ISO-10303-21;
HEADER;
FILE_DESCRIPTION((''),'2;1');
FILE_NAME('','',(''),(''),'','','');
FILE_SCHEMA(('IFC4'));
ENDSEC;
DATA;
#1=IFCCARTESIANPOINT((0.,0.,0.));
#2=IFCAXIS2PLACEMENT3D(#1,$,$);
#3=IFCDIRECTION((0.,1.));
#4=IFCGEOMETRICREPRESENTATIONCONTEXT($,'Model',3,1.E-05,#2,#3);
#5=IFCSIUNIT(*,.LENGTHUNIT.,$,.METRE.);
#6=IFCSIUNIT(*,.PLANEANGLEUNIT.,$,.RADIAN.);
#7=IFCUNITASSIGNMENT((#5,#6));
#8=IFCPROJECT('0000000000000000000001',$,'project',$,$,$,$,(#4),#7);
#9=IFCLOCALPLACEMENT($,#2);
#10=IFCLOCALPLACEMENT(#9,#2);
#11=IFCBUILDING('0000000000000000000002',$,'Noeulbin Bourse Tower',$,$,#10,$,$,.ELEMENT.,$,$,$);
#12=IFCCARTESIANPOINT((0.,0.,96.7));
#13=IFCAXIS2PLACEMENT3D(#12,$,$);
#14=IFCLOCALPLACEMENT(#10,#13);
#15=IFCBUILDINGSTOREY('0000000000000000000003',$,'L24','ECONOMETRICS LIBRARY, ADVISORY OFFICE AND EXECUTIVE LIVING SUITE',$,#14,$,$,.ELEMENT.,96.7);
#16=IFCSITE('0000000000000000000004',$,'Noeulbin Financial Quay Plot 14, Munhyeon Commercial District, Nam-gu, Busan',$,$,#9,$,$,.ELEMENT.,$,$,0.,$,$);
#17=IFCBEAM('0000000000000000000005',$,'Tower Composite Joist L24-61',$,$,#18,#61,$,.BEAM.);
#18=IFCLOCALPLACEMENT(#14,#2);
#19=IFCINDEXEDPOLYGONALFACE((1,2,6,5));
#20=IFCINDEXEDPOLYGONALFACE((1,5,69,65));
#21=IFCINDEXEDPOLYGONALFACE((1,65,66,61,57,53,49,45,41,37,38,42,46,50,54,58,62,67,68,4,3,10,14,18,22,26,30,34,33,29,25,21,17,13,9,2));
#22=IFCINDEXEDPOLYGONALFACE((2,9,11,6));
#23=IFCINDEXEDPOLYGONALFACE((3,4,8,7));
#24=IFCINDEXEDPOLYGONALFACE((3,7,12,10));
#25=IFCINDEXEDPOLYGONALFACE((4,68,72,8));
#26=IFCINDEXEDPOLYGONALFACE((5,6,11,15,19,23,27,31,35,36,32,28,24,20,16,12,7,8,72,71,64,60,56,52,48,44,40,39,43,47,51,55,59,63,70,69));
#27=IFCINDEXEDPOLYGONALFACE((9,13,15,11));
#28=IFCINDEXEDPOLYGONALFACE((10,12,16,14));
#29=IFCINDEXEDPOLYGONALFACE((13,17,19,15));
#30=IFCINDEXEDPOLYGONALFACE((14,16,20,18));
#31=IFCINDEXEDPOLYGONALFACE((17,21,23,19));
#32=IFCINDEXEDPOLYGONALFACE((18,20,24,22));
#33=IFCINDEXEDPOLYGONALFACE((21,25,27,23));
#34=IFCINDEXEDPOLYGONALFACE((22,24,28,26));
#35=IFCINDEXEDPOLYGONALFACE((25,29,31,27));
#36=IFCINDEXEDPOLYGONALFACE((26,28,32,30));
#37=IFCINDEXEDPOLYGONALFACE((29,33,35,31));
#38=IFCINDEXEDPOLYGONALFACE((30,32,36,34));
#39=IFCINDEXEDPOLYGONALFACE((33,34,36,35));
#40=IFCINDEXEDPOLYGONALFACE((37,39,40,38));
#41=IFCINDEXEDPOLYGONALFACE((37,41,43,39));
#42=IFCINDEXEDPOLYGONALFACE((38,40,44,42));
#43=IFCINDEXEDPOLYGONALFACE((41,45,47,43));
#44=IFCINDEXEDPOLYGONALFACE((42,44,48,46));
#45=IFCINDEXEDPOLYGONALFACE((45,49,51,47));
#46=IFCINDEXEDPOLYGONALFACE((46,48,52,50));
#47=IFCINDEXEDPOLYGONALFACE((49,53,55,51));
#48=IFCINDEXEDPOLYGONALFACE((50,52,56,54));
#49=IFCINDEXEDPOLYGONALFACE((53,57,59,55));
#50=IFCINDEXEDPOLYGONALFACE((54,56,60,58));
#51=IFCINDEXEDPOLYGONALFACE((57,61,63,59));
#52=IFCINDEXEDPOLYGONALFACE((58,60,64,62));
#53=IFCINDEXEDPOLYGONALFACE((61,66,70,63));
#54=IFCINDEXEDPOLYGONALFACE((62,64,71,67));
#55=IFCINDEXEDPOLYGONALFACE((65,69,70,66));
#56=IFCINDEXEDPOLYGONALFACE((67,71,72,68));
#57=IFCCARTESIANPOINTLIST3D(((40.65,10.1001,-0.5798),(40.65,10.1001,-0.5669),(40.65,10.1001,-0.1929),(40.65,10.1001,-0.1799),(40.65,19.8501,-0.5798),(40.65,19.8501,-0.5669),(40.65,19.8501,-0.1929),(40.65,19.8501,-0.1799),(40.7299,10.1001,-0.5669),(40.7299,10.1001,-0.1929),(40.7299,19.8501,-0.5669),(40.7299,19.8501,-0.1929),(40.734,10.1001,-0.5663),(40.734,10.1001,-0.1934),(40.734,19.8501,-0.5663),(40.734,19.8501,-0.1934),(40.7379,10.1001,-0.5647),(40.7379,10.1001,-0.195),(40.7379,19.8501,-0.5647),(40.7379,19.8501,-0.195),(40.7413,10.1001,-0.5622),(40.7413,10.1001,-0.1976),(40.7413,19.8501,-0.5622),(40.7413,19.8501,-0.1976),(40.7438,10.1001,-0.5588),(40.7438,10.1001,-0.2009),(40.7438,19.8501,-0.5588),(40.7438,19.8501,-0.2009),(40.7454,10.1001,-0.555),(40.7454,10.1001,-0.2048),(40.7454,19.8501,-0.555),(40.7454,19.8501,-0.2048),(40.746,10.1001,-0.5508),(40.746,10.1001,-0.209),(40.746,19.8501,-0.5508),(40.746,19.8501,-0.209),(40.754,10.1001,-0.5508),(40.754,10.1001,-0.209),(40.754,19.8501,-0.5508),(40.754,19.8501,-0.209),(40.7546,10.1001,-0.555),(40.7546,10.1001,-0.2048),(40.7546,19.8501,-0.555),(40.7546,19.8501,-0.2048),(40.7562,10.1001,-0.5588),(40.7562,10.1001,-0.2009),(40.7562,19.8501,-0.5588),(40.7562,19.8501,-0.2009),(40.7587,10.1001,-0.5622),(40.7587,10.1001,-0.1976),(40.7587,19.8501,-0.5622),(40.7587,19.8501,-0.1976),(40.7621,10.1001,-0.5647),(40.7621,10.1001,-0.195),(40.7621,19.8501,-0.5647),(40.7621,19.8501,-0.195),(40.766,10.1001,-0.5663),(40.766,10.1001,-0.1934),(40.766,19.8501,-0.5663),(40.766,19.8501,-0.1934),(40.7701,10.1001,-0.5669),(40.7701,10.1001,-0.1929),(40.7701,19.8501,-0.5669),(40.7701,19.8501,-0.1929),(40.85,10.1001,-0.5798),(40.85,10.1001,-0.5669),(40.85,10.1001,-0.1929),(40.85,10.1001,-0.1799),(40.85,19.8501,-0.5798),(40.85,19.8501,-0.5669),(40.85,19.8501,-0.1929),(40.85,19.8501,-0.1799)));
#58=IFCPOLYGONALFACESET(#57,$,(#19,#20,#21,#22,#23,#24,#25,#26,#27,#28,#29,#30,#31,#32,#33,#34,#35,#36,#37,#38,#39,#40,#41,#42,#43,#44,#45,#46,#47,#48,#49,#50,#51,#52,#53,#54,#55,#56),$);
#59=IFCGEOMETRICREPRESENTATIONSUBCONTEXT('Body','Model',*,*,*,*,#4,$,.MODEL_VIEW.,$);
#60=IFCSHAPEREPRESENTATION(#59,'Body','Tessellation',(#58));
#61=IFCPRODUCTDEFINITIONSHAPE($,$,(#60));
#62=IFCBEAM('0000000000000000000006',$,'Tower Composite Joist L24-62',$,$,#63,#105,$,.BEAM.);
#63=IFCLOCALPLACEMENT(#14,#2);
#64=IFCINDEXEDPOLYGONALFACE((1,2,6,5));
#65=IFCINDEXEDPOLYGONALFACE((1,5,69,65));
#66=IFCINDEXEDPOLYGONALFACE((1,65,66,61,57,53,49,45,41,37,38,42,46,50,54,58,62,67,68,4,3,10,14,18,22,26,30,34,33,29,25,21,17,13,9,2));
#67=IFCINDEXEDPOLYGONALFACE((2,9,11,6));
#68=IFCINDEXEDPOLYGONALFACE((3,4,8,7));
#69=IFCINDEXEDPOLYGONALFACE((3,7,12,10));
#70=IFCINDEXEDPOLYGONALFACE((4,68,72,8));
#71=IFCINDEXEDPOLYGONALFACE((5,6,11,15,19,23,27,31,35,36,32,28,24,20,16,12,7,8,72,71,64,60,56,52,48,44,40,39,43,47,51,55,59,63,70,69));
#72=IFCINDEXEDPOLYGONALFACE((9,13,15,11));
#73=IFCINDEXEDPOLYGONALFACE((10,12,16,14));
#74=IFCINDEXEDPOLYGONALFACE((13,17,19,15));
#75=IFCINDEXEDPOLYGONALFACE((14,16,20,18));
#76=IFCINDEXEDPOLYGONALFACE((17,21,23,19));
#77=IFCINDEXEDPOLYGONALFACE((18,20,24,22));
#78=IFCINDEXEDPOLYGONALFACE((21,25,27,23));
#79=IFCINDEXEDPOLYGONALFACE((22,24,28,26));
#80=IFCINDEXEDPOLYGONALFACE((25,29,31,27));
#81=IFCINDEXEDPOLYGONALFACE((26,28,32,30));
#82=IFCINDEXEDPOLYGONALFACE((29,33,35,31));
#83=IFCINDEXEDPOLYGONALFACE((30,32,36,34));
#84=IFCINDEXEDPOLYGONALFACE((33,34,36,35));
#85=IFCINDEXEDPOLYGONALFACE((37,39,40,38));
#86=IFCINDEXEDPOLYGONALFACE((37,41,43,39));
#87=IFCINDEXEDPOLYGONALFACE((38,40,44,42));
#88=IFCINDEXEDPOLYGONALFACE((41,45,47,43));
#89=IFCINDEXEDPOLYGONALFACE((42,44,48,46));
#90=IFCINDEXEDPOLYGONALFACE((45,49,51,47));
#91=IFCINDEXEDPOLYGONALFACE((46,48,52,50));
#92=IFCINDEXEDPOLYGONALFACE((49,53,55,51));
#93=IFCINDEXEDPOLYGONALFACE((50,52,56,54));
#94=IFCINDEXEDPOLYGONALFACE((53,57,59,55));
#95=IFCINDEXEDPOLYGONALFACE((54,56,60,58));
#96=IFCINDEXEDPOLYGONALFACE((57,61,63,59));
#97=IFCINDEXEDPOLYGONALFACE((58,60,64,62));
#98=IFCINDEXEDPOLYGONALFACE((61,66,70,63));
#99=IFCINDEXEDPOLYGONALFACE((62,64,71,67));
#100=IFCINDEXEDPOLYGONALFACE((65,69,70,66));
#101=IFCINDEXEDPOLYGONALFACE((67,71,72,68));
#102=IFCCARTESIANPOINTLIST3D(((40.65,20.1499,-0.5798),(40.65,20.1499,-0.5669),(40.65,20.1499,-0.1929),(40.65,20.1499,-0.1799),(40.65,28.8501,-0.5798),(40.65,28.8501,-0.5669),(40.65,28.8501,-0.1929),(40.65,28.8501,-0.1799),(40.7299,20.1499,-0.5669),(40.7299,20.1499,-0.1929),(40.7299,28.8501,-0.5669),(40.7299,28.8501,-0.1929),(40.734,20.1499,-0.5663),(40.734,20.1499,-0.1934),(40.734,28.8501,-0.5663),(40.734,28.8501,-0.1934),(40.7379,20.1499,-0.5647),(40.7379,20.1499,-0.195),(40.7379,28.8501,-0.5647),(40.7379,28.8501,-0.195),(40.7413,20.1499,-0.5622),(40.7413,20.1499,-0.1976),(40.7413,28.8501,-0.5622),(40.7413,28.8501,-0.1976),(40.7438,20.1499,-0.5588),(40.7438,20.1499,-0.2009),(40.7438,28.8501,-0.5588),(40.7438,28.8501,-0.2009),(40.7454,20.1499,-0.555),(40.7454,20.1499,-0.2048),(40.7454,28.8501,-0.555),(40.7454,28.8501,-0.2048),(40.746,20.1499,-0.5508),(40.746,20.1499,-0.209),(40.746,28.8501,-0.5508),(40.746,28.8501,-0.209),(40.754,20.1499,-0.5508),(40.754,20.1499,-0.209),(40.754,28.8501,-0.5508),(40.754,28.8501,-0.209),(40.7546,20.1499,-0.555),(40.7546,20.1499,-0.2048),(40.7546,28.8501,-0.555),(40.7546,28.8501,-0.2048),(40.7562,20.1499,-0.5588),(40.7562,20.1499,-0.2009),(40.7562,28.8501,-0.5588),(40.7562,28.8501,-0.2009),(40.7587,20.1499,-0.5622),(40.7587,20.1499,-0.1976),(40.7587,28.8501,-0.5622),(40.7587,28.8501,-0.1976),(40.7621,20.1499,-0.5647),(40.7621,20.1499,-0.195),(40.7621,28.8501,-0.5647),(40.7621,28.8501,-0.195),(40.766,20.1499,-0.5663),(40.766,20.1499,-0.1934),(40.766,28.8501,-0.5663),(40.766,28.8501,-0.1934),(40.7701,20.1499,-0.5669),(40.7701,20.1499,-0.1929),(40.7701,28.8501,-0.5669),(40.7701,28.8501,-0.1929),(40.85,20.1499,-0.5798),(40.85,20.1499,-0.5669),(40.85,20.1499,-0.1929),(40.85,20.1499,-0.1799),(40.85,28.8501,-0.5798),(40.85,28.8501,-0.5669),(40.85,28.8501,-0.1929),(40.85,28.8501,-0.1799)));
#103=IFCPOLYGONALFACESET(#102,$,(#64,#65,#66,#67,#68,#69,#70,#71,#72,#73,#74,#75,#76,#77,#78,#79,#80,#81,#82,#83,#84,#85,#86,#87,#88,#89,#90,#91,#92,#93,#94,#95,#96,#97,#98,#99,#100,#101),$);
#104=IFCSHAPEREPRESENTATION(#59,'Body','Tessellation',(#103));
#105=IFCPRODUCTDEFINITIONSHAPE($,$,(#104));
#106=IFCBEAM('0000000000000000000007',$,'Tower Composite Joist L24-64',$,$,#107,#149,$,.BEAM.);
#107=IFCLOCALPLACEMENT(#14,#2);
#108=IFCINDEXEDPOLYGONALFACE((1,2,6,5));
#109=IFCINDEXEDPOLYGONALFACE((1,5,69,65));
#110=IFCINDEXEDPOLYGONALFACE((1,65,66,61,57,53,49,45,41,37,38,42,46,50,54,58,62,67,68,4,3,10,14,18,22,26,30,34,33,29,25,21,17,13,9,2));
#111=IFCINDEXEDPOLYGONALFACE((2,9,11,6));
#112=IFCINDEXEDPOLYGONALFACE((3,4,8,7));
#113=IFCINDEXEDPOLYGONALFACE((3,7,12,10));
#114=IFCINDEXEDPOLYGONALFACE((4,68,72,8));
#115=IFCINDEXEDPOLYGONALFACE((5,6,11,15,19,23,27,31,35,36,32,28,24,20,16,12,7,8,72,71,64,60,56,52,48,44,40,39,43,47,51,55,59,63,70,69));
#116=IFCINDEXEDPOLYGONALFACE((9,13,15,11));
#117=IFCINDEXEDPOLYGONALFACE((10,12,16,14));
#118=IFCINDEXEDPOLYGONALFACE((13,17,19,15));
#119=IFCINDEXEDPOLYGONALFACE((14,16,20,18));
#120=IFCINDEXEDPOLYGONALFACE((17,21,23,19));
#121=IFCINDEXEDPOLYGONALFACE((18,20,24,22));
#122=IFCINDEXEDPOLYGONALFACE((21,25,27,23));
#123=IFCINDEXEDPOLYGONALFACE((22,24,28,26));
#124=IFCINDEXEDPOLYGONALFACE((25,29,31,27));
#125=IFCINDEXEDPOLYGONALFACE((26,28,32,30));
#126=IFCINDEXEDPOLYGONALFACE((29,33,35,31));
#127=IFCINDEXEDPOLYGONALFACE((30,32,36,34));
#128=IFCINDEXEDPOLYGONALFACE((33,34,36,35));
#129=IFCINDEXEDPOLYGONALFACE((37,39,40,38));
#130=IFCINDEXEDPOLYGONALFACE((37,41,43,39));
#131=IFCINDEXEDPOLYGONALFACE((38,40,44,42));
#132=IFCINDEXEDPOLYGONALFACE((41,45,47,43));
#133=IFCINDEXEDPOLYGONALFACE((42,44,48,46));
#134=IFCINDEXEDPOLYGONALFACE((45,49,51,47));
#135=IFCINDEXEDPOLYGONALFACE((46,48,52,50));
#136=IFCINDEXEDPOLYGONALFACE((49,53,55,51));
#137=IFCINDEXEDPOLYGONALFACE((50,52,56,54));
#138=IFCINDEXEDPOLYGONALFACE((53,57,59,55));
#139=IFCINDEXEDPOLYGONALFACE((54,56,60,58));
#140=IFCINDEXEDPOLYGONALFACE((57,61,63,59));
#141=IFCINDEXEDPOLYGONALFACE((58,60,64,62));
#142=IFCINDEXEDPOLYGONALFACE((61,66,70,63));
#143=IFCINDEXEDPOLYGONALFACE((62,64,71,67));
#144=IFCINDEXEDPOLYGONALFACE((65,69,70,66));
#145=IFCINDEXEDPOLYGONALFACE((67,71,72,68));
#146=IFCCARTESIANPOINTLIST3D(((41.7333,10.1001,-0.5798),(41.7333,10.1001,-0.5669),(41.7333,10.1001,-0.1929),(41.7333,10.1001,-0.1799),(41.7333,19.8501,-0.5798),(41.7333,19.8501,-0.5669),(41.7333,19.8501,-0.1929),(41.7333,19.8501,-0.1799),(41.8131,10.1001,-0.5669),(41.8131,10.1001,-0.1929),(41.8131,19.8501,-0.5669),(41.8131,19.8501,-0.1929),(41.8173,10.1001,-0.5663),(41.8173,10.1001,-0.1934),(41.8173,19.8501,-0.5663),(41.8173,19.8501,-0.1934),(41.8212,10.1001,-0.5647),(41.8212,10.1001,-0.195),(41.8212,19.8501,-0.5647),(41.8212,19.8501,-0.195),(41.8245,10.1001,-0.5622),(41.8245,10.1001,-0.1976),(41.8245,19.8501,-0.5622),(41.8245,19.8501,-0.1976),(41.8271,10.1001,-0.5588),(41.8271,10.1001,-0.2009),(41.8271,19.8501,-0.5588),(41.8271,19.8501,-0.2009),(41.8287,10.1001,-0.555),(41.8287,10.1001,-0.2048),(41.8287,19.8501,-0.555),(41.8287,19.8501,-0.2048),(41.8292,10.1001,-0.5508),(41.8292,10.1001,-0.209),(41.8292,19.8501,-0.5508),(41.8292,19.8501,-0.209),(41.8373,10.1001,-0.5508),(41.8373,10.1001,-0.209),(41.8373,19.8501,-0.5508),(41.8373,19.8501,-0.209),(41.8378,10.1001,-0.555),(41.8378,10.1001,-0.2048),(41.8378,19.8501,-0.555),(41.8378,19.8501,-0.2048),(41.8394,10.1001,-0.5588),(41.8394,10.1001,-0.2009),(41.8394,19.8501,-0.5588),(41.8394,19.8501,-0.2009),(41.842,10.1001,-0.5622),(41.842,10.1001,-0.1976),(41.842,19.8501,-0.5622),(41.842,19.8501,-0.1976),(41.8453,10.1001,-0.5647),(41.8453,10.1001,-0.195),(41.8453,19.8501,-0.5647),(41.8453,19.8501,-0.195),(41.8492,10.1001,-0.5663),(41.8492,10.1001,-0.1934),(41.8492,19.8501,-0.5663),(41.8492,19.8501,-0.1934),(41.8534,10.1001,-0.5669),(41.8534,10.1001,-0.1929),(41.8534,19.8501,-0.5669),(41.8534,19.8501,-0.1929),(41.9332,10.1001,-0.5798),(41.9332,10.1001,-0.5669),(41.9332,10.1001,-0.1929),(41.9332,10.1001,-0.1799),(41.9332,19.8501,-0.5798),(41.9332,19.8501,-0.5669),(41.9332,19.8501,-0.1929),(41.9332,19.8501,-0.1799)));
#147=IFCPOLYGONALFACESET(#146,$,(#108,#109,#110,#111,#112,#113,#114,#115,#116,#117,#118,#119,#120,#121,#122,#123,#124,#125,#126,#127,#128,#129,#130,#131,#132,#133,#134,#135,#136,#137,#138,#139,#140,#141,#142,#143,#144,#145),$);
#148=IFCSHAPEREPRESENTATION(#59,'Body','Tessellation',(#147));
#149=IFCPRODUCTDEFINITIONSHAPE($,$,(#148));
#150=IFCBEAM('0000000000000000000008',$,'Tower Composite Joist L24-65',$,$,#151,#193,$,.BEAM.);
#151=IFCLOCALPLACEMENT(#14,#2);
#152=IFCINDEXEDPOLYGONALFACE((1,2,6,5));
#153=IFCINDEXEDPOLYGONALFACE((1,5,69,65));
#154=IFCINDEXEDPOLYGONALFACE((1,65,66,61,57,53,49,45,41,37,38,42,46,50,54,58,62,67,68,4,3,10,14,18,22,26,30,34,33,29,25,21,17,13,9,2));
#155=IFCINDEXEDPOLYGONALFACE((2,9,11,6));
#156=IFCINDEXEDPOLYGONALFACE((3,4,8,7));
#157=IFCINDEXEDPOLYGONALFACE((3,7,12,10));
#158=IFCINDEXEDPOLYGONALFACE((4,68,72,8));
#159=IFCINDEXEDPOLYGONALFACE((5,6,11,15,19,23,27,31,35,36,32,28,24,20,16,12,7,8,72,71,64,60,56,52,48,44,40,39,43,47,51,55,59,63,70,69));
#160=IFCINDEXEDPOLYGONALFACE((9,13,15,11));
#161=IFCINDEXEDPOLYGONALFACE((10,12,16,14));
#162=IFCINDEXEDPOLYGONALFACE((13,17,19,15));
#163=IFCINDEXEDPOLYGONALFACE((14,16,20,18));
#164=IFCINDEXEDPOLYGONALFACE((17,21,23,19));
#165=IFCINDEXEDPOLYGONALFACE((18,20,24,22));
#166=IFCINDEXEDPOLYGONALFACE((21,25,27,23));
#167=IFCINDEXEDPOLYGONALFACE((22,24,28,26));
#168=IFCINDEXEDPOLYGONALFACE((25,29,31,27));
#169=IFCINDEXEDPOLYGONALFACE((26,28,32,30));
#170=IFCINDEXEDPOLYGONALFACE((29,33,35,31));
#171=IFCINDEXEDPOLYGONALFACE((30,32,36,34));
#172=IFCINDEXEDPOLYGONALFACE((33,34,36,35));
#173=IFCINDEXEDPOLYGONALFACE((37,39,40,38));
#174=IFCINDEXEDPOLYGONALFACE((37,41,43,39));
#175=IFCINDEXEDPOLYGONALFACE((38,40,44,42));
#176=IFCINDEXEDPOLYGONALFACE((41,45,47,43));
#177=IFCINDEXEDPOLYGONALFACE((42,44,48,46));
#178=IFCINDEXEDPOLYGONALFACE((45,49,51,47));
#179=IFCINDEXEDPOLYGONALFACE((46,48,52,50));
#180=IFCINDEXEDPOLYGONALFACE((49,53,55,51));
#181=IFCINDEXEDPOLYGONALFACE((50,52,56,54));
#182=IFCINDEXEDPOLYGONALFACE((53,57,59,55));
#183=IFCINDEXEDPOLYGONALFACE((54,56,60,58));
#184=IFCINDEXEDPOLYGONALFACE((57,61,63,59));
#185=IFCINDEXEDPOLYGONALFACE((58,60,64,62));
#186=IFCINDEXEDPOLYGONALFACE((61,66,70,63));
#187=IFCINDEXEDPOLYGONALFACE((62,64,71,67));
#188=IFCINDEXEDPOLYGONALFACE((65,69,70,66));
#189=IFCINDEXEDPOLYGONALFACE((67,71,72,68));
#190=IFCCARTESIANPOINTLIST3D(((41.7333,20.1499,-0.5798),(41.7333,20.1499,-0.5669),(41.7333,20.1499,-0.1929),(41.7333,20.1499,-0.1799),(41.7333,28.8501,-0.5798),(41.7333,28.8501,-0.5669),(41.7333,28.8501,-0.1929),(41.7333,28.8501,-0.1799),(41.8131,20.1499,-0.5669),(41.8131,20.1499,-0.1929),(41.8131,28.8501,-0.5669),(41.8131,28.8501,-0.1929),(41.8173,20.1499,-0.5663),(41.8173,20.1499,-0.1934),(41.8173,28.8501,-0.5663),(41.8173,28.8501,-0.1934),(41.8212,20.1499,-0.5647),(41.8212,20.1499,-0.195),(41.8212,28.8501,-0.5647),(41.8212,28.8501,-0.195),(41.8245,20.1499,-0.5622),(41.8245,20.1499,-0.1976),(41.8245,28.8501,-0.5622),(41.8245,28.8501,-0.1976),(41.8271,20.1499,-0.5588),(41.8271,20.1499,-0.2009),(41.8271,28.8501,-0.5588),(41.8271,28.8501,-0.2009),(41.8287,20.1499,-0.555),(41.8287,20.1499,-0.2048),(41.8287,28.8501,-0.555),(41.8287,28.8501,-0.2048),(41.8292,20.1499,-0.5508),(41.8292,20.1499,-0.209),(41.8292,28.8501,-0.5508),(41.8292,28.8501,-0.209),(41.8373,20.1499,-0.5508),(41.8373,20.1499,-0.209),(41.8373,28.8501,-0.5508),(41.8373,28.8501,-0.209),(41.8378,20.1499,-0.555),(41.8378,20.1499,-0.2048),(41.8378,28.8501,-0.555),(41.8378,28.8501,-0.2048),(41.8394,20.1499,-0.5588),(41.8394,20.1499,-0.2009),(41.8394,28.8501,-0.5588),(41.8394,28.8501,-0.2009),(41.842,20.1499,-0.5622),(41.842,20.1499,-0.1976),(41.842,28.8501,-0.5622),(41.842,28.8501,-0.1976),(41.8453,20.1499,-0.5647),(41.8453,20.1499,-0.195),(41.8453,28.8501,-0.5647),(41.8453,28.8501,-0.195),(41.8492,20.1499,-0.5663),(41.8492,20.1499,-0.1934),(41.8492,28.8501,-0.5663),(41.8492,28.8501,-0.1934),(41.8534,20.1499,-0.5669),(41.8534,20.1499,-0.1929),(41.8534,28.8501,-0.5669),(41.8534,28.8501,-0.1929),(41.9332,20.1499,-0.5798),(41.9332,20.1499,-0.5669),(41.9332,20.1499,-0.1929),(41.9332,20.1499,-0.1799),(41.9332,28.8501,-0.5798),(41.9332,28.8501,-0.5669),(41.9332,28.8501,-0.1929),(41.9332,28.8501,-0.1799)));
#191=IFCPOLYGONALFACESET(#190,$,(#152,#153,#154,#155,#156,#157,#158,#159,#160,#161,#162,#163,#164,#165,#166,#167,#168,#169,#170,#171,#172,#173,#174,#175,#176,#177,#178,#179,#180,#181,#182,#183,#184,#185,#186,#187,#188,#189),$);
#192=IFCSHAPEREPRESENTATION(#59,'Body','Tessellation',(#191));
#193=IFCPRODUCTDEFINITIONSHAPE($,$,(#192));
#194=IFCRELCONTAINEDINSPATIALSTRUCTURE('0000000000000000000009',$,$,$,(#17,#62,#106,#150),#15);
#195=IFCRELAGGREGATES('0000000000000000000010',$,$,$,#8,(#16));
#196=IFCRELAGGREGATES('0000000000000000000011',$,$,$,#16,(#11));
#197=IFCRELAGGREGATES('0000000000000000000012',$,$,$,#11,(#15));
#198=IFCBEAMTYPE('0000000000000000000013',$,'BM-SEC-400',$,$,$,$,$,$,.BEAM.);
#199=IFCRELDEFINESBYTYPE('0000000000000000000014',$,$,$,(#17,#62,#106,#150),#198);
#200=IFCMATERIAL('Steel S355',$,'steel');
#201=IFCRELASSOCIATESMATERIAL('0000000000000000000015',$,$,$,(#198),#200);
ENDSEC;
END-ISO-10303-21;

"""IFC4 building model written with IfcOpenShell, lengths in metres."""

from ifc_helpers import new_model, si_unit, direction, frame, origin, origin_2d, place, context, subcontext, project, spatial, i_section, extrude, material, material_profile, profile_set, type_object, element, save


model = new_model("IFC4")

# Units and contexts
model_context = context("Model", 3, precision=1e-05, world=origin(), true_north=direction((0.0, 1.0)))
body_context = subcontext(model_context, "Body", "Model", "MODEL_VIEW")
ifc_project = project(units=[si_unit("LENGTHUNIT", "METRE"), si_unit("PLANEANGLEUNIT", "RADIAN")], contexts=[model_context])

# Site, building, storey
site_placement = place(None, origin())
site = spatial("IfcSite", under=ifc_project, at=site_placement, Name="Noeulbin Financial Quay Plot 14, Munhyeon Commercial District, Nam-gu, Busan", CompositionType="ELEMENT", RefElevation=0.0)
building_placement = place(site_placement, origin())
building = spatial("IfcBuilding", under=site, at=building_placement, Name="Noeulbin Bourse Tower", CompositionType="ELEMENT")
storey_placement = place(building_placement, frame((0.0, 0.0, 96.7)))
storey = spatial("IfcBuildingStorey", under=building, at=storey_placement, Name="L24", Description="ECONOMETRICS LIBRARY, ADVISORY OFFICE AND EXECUTIVE LIVING SUITE", CompositionType="ELEMENT", Elevation=96.7)

# Beams
ifc_material_1 = material(Name="Steel S355", Category="steel")
ifc_material_profile_1 = material_profile(ifc_material_1, i_section(OverallWidth=0.2, OverallDepth=0.3999, WebThickness=0.0081, FlangeThickness=0.0129, FilletRadius=0.0161, at=origin_2d()), Name="H-400x200x8x13", Category="LoadBearing")
ifc_profile_set_1 = profile_set([ifc_material_profile_1], Name="Steel S355")
beam_type_1 = type_object("IfcBeamType", Name="BM-SEC-400", PredefinedType="BEAM", material=ifc_profile_set_1)
beam_1_placement = place(storey_placement, frame((40.75, 10.1001, -0.3799), z_axis=(0.0, 1.0, 0.0), x_axis=(-1.0, 0.0, 0.0)))
element("IfcBeam", 1, at=beam_1_placement, inside=storey, type_object=beam_type_1, Name="Tower Composite Joist L24-61", PredefinedType="BEAM", context=body_context, shape_type="SweptSolid", body=[
    extrude(i_section(OverallWidth=0.2, OverallDepth=0.3999, WebThickness=0.0081, FlangeThickness=0.0129, FilletRadius=0.0161, at=origin_2d()), origin(), (0.0, 0.0, 1.0), 9.75),
])
beam_2_placement = place(storey_placement, frame((40.75, 20.1499, -0.3799), z_axis=(0.0, 1.0, 0.0), x_axis=(-1.0, 0.0, 0.0)))
element("IfcBeam", 2, at=beam_2_placement, inside=storey, type_object=beam_type_1, Name="Tower Composite Joist L24-62", PredefinedType="BEAM", context=body_context, shape_type="SweptSolid", body=[
    extrude(i_section(OverallWidth=0.2, OverallDepth=0.3999, WebThickness=0.0081, FlangeThickness=0.0129, FilletRadius=0.0161, at=origin_2d()), origin(), (0.0, 0.0, 1.0), 8.7002),
])
beam_3_placement = place(storey_placement, frame((41.8333, 10.1001, -0.3799), z_axis=(0.0, 1.0, 0.0), x_axis=(-1.0, 0.0, 0.0)))
element("IfcBeam", 3, at=beam_3_placement, inside=storey, type_object=beam_type_1, Name="Tower Composite Joist L24-64", PredefinedType="BEAM", context=body_context, shape_type="SweptSolid", body=[
    extrude(i_section(OverallWidth=0.2, OverallDepth=0.3999, WebThickness=0.0081, FlangeThickness=0.0129, FilletRadius=0.0161, at=origin_2d()), origin(), (0.0, 0.0, 1.0), 9.75),
])
beam_4_placement = place(storey_placement, frame((41.8333, 20.1499, -0.3799), z_axis=(0.0, 1.0, 0.0), x_axis=(-1.0, 0.0, 0.0)))
element("IfcBeam", 4, at=beam_4_placement, inside=storey, type_object=beam_type_1, Name="Tower Composite Joist L24-65", PredefinedType="BEAM", context=body_context, shape_type="SweptSolid", body=[
    extrude(i_section(OverallWidth=0.2, OverallDepth=0.3999, WebThickness=0.0081, FlangeThickness=0.0129, FilletRadius=0.0161, at=origin_2d()), origin(), (0.0, 0.0, 1.0), 8.7002),
])

save(model, "model.ifc")
